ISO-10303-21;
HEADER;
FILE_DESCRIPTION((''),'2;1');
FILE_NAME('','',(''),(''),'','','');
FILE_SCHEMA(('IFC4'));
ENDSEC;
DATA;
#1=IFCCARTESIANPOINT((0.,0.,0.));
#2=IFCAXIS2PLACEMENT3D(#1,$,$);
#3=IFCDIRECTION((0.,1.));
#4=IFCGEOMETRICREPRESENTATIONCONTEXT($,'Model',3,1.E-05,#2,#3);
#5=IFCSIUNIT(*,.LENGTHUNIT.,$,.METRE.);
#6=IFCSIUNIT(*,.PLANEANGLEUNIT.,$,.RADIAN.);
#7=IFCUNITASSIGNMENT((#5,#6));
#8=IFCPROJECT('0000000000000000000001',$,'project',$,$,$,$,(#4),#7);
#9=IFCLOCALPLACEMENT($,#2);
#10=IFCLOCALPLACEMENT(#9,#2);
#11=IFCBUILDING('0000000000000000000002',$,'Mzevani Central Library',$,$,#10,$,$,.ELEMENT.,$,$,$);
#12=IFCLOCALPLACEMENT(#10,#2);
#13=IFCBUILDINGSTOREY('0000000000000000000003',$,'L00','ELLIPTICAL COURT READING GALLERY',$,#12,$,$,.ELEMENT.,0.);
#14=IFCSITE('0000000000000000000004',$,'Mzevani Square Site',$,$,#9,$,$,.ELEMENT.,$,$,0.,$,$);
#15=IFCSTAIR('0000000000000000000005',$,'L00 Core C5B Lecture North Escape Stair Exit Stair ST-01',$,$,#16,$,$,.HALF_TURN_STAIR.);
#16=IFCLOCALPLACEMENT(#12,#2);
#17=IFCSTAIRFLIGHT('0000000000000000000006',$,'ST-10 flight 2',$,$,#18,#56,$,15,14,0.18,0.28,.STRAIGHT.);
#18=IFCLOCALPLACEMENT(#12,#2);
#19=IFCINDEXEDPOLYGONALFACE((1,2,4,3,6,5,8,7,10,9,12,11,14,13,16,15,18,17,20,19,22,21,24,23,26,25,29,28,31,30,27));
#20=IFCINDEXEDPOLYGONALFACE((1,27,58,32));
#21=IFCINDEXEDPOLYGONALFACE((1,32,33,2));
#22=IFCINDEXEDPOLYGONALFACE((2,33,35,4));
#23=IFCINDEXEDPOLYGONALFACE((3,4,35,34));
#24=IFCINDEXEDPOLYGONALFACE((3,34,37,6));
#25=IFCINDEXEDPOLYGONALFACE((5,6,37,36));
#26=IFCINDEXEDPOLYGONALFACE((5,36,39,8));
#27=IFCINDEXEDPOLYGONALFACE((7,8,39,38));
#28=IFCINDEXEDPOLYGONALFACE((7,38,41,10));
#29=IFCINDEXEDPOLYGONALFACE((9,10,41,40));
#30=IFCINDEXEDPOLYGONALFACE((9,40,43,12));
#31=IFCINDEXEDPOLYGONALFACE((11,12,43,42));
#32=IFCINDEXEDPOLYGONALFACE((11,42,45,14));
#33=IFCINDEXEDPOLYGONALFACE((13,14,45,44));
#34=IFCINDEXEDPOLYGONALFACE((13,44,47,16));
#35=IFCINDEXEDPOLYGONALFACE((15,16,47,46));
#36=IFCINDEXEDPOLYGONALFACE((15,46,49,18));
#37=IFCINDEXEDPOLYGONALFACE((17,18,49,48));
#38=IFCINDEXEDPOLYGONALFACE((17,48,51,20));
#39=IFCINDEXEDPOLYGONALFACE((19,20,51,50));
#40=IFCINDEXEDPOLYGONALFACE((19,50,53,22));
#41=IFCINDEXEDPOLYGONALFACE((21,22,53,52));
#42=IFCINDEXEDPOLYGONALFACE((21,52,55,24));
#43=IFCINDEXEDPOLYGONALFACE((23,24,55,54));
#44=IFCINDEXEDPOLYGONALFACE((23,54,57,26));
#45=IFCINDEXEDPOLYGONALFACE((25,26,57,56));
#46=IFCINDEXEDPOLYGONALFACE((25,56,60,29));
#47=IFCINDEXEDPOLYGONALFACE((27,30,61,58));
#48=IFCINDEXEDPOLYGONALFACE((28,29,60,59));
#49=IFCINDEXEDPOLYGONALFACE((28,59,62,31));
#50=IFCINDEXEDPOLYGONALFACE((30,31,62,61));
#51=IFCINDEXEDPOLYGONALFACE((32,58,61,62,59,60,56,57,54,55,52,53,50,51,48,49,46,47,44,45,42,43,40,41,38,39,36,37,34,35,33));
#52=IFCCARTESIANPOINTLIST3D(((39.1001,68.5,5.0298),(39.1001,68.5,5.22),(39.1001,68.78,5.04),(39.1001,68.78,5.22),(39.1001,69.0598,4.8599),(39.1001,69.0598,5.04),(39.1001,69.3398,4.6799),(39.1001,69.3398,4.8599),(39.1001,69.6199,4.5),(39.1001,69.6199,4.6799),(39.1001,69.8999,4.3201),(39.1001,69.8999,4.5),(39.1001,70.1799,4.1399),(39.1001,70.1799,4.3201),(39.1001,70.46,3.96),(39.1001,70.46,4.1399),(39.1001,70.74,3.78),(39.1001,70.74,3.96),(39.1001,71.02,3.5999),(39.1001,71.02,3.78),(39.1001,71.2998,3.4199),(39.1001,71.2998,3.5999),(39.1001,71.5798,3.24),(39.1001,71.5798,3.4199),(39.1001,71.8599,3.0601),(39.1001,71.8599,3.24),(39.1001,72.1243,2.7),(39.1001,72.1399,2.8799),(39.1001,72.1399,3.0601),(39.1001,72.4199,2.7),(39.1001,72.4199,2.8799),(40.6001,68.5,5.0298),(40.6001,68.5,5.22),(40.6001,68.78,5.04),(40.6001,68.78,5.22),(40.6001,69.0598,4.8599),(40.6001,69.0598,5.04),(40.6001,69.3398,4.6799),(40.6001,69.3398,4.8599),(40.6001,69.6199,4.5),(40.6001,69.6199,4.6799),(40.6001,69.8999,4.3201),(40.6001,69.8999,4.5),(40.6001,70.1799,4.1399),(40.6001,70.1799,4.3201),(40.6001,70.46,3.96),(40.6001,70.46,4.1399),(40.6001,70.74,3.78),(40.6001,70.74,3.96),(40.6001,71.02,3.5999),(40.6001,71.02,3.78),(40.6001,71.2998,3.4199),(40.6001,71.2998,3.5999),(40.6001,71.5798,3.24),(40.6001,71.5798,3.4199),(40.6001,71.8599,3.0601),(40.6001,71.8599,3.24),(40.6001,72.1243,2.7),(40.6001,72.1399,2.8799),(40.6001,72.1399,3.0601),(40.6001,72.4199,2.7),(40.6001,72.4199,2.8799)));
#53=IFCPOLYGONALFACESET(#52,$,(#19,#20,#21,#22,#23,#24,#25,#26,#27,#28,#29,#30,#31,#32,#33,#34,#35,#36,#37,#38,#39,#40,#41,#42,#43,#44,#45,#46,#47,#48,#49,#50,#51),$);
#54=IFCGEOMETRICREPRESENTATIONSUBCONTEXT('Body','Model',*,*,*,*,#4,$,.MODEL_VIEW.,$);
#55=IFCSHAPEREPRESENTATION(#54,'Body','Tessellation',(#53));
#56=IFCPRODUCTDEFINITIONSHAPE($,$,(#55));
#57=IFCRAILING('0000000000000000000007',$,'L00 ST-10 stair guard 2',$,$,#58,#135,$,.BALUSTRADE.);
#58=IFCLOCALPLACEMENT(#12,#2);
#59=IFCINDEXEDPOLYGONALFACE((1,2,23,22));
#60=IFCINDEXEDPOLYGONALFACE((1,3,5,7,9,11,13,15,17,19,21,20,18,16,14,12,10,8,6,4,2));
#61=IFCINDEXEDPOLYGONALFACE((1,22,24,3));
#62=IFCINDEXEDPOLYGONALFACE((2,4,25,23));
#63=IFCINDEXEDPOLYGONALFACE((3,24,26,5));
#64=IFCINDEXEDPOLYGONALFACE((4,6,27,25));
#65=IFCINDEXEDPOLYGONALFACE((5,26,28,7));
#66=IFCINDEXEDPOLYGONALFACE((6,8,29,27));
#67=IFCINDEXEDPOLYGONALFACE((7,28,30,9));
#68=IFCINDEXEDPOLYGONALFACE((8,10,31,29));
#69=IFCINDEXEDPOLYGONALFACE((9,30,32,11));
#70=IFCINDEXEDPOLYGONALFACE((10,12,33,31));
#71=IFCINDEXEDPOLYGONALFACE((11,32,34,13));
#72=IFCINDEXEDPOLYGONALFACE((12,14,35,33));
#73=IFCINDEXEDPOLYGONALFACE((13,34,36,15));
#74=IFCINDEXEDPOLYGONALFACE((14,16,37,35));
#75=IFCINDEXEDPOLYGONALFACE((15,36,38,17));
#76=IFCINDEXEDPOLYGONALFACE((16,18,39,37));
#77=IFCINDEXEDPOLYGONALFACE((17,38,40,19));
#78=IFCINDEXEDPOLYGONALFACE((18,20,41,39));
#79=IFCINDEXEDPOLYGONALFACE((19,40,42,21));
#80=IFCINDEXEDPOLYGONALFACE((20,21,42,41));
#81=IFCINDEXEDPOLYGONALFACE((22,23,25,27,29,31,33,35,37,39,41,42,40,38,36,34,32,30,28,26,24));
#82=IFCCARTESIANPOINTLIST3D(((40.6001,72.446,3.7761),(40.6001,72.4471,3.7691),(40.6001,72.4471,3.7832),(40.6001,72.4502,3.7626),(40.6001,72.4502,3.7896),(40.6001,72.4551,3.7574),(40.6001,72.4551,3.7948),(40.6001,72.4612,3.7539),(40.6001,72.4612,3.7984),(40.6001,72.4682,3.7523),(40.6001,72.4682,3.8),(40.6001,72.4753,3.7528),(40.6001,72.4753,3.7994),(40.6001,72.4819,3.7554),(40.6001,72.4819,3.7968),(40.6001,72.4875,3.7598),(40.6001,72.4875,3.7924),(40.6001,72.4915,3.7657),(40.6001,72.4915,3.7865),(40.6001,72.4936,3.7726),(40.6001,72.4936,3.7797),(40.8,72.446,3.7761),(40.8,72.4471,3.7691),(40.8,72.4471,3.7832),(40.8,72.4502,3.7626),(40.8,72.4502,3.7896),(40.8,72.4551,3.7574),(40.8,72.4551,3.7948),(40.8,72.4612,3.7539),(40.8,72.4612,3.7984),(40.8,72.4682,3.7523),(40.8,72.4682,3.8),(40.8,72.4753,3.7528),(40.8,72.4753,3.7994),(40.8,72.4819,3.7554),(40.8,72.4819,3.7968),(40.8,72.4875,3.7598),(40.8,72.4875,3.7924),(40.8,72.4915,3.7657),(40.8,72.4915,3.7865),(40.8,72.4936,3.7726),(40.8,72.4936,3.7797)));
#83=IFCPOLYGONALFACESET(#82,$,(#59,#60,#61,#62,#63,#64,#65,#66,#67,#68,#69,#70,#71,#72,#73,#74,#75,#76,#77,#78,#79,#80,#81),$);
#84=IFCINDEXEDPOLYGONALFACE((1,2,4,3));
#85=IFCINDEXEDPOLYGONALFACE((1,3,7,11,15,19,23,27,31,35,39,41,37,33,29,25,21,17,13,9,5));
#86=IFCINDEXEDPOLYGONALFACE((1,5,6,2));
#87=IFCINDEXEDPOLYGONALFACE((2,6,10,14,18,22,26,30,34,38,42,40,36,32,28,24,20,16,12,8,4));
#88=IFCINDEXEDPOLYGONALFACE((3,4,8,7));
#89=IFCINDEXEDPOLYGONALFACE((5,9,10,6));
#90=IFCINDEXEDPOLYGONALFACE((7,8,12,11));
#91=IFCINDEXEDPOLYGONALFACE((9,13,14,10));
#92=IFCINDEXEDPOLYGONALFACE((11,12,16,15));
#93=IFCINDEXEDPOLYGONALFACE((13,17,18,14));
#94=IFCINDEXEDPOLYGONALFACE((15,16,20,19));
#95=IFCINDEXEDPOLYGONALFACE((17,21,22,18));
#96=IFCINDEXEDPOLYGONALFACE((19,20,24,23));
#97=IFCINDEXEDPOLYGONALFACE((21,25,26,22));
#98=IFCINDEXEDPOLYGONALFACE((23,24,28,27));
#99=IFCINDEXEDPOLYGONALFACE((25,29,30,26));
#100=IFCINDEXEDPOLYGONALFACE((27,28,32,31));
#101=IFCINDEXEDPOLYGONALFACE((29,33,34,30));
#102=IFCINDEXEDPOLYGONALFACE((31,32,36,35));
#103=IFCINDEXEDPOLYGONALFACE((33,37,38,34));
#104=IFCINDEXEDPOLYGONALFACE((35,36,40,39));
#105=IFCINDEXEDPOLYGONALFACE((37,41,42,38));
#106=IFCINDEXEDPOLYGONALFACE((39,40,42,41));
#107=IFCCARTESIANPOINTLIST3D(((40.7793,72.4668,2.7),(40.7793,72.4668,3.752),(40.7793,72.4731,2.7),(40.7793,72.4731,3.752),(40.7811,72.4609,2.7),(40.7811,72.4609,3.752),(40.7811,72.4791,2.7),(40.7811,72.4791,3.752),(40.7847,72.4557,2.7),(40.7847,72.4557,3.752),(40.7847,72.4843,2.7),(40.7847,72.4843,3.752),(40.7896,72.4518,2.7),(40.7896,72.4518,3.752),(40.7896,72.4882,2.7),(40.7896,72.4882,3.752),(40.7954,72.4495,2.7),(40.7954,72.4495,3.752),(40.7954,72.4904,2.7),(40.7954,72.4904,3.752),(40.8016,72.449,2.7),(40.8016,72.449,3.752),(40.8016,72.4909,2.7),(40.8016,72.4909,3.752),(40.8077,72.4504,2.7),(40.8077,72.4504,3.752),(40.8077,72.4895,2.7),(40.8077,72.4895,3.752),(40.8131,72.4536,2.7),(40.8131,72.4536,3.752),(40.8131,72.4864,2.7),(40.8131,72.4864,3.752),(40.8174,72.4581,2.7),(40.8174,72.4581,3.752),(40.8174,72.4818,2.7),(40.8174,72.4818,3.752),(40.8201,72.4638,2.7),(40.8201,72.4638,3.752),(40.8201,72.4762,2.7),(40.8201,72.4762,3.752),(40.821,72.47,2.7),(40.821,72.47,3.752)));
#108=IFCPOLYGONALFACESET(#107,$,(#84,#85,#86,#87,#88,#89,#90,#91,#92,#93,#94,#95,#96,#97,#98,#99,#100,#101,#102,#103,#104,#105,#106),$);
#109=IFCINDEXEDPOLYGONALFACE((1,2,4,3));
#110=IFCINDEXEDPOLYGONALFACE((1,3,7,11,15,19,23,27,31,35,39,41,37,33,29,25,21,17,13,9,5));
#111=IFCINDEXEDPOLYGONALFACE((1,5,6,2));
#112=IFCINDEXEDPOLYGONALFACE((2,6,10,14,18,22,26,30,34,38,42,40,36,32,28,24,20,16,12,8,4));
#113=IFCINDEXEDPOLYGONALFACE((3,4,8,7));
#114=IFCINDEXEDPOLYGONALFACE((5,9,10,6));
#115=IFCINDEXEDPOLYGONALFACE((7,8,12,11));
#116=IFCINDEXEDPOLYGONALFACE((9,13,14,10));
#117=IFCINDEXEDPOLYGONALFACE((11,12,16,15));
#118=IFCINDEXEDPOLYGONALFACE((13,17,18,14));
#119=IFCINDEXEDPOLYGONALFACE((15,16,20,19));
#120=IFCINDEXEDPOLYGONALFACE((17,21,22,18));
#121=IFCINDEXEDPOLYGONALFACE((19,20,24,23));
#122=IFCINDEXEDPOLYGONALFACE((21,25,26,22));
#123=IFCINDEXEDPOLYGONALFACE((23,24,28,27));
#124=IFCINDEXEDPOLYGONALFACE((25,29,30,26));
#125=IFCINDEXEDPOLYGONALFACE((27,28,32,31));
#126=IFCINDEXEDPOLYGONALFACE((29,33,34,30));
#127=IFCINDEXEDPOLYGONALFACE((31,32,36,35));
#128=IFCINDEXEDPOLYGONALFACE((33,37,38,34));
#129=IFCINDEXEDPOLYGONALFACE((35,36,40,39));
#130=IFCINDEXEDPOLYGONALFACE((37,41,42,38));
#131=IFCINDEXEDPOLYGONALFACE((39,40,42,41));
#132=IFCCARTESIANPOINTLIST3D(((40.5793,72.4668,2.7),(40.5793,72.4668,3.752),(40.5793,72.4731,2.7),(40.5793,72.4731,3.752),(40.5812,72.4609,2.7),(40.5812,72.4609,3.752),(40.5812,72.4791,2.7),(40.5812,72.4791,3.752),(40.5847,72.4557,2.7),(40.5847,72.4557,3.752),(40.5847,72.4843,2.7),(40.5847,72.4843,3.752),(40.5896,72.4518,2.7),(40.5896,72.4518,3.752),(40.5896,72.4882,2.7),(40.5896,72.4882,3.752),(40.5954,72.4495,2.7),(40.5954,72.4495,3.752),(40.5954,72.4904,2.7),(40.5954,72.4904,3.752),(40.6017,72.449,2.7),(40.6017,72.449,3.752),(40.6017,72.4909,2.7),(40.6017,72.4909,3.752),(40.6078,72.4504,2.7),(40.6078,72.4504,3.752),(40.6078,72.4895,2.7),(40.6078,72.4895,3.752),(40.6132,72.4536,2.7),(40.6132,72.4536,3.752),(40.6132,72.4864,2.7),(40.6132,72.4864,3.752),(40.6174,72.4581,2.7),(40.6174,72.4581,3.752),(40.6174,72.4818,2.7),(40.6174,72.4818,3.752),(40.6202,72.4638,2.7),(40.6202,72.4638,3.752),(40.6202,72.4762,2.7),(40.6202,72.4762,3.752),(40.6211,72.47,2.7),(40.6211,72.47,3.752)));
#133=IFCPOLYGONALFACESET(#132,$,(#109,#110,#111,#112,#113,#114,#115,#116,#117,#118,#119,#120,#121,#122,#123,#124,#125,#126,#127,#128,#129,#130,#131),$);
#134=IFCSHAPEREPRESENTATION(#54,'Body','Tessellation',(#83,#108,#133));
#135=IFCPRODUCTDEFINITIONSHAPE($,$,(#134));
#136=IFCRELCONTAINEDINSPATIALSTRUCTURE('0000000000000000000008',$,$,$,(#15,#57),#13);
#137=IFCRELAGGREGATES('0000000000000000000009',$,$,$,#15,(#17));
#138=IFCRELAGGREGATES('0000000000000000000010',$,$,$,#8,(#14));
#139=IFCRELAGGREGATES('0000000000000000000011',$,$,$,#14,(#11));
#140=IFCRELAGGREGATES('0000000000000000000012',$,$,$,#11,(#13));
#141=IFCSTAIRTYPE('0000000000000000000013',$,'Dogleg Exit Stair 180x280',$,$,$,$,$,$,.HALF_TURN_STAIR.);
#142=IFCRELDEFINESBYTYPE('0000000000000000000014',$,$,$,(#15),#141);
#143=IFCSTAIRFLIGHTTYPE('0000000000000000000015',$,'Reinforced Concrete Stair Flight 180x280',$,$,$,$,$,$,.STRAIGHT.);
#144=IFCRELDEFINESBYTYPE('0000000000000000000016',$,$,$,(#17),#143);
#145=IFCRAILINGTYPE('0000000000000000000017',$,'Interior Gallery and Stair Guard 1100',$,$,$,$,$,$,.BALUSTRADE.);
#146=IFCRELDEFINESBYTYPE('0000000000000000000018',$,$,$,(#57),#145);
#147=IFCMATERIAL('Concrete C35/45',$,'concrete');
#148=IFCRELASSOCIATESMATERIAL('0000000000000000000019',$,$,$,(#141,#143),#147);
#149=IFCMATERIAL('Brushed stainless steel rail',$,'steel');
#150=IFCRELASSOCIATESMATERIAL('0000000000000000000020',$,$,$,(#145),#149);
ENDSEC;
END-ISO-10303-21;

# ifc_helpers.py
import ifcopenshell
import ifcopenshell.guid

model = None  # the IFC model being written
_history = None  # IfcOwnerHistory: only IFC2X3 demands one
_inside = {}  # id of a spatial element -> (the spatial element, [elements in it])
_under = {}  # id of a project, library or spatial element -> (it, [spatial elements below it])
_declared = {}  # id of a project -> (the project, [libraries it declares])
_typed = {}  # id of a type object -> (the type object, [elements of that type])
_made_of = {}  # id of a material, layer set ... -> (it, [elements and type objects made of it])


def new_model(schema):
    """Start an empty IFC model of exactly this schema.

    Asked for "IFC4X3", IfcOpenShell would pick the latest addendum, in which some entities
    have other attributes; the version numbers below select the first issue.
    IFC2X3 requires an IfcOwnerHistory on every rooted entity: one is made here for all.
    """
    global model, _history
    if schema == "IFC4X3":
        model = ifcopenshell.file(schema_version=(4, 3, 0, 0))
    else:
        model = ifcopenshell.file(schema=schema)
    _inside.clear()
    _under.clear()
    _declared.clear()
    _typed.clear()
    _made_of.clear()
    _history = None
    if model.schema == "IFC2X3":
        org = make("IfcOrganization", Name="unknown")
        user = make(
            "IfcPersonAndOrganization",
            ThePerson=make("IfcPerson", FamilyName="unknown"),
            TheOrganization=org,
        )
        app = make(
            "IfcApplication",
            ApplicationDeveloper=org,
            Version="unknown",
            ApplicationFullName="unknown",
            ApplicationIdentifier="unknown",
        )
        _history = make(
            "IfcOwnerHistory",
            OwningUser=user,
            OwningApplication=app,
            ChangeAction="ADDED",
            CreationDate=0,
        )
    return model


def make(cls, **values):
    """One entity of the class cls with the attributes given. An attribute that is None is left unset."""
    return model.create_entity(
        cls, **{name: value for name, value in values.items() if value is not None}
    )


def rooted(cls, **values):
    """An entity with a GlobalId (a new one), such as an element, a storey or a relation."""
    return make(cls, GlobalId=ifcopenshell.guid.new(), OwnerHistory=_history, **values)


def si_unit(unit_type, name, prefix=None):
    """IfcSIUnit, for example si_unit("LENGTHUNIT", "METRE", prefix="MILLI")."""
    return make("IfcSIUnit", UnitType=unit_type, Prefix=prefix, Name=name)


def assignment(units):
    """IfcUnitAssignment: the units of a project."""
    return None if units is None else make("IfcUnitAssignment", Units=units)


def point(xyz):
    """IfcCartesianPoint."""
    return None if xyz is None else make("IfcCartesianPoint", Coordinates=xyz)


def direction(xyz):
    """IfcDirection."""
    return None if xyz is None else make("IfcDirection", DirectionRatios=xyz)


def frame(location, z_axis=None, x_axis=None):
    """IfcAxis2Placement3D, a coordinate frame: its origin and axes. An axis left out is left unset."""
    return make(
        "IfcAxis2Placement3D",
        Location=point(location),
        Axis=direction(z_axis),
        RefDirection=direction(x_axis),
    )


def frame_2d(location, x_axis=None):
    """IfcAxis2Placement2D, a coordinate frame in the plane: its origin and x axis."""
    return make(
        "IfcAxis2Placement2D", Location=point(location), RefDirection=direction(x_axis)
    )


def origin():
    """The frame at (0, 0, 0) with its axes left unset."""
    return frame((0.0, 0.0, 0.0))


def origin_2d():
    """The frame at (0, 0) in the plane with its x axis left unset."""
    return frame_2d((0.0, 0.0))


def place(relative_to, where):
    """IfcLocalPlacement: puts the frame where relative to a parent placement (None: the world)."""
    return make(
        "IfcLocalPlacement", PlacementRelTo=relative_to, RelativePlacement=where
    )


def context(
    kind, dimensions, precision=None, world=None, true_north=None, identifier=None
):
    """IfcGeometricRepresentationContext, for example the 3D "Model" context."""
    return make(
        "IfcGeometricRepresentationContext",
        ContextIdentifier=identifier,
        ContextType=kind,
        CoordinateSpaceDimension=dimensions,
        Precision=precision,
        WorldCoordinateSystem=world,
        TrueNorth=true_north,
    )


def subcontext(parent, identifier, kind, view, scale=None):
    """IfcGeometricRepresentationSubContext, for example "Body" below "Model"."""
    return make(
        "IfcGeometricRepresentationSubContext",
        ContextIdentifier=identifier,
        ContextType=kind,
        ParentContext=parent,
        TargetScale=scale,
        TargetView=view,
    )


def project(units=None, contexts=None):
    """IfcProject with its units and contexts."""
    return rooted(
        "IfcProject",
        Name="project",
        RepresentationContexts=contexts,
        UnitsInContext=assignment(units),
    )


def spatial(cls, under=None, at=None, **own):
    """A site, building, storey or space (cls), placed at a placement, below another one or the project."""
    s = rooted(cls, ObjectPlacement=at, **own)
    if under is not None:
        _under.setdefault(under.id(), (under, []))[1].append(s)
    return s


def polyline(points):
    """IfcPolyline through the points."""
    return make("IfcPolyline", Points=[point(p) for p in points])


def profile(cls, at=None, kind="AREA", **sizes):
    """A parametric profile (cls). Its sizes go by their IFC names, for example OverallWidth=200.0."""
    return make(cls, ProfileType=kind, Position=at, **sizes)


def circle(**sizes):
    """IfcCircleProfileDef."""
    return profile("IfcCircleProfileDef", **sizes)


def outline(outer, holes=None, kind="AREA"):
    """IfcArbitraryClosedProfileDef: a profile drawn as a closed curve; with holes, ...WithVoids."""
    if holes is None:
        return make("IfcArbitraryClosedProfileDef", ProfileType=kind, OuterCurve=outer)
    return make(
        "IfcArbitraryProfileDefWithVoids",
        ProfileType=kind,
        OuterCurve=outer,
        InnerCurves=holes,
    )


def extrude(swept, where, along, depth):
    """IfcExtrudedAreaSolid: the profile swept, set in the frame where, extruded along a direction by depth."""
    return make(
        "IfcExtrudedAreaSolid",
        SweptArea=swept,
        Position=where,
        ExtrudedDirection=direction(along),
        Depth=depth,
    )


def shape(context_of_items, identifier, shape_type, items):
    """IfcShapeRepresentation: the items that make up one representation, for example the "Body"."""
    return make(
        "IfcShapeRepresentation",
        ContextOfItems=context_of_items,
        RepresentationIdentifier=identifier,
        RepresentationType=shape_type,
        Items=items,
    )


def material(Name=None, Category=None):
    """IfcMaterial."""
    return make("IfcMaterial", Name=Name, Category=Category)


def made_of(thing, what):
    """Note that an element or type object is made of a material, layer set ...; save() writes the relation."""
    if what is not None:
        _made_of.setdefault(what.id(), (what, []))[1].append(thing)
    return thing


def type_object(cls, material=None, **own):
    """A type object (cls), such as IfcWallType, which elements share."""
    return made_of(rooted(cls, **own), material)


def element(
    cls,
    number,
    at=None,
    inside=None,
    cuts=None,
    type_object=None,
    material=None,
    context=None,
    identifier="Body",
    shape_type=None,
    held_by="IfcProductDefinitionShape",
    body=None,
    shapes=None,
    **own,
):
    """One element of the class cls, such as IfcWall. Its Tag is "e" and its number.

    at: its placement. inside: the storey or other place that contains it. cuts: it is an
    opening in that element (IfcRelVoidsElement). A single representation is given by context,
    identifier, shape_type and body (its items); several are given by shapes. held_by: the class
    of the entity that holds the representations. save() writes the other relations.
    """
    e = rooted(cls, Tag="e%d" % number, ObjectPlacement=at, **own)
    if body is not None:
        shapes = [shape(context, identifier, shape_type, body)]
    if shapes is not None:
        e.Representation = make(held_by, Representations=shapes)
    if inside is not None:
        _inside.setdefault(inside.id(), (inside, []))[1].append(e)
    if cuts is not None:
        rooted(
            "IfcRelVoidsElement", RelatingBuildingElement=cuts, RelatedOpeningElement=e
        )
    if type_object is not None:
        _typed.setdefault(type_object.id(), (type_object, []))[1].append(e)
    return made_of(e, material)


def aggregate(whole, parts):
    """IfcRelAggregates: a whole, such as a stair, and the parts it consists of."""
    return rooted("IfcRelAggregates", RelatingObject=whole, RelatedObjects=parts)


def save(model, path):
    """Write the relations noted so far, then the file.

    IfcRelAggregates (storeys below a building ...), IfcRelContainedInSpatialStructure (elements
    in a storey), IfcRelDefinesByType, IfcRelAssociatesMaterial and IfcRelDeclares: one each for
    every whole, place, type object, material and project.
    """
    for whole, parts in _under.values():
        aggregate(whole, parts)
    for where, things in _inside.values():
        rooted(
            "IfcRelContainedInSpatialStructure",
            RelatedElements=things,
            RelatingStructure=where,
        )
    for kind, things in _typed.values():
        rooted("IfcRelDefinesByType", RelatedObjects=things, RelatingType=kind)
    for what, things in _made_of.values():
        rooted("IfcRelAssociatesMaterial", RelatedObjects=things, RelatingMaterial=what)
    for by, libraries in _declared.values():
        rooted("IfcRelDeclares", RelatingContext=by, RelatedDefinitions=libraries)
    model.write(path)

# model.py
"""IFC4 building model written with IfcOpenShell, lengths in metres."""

from ifc_helpers import new_model, si_unit, direction, frame, origin, origin_2d, place, context, subcontext, project, spatial, polyline, circle, outline, extrude, material, type_object, element, aggregate, save


model = new_model("IFC4")

# Units and contexts
model_context = context("Model", 3, precision=1e-05, world=origin(), true_north=direction((0.0, 1.0)))
body_context = subcontext(model_context, "Body", "Model", "MODEL_VIEW")
ifc_project = project(units=[si_unit("LENGTHUNIT", "METRE"), si_unit("PLANEANGLEUNIT", "RADIAN")], contexts=[model_context])

# Site, building, storey
site_placement = place(None, origin())
site = spatial("IfcSite", under=ifc_project, at=site_placement, Name="Mzevani Square Site", CompositionType="ELEMENT", RefElevation=0.0)
building_placement = place(site_placement, origin())
building = spatial("IfcBuilding", under=site, at=building_placement, Name="Mzevani Central Library", CompositionType="ELEMENT")
storey_placement = place(building_placement, origin())
storey = spatial("IfcBuildingStorey", under=building, at=storey_placement, Name="L00", Description="ELLIPTICAL COURT READING GALLERY", CompositionType="ELEMENT", Elevation=0.0)

# Shared definitions
ifc_material_1 = material(Name="Concrete C35/45", Category="concrete")

# Stair, stair flight
stair_type = type_object("IfcStairType", Name="Dogleg Exit Stair 180x280", PredefinedType="HALF_TURN_STAIR", material=ifc_material_1)
stair_placement = place(storey_placement, origin())
stair = element("IfcStair", 1, at=stair_placement, inside=storey, type_object=stair_type, Name="L00 Core C5B Lecture North Escape Stair Exit Stair ST-01", PredefinedType="HALF_TURN_STAIR")
stair_flight_type = type_object("IfcStairFlightType", Name="Reinforced Concrete Stair Flight 180x280", PredefinedType="STRAIGHT", material=ifc_material_1)
stair_flight_placement = place(storey_placement, frame((39.8501, 72.4199, 2.7), z_axis=(0.0, 0.0, 1.0), x_axis=(0.0, -1.0, 0.0)))
stair_flight = element("IfcStairFlight", 2, at=stair_flight_placement, type_object=stair_flight_type, Name="ST-10 flight 2", NumberOfRisers=15, NumberOfTreads=14, PredefinedType="STRAIGHT", RiserHeight=0.18, TreadLength=0.28, context=body_context, shape_type="SweptSolid", body=[
    extrude(outline(polyline([(0.0, 0.0), (0.0, 0.1799), (0.28, 0.1799), (0.28, 0.3601), (0.5601, 0.3601), (0.5601, 0.54), (0.8401, 0.54), (0.8401, 0.72), (1.1201, 0.72), (1.1201, 0.8999), (1.3999, 0.8999), (1.3999, 1.0801), (1.6799, 1.0801), (1.6799, 1.26), (1.96, 1.26), (1.96, 1.4399), (2.24, 1.4399), (2.24, 1.6201), (2.52, 1.6201), (2.52, 1.8), (2.8, 1.8), (2.8, 1.98), (3.0801, 1.98), (3.0801, 2.1599), (3.3601, 2.1599), (3.3601, 2.3401), (3.6399, 2.3401), (3.6399, 2.52), (3.9199, 2.52), (3.9199, 2.7), (3.9199, 2.3298), (0.2957, 0.0), (0.0, 0.0)])), frame((0.0, 0.75, 0.0), z_axis=(0.0, -1.0, 0.0), x_axis=(1.0, 0.0, 0.0)), (0.0, 0.0, 1.0), 1.5),
])
aggregate(stair, [stair_flight])

# Railing
ifc_material_2 = material(Name="Brushed stainless steel rail", Category="steel")
railing_type_1 = type_object("IfcRailingType", Name="Interior Gallery and Stair Guard 1100", PredefinedType="BALUSTRADE", material=ifc_material_2)
railing_1_placement = place(storey_placement, frame((40.8, 72.47, 2.7)))
element("IfcRailing", 3, at=railing_1_placement, inside=storey, type_object=railing_type_1, Name="L00 ST-10 stair guard 2", PredefinedType="BALUSTRADE", context=body_context, shape_type="SweptSolid", body=[
    extrude(circle(Radius=0.0239, at=origin_2d()), frame((0.0, 0.0, 1.0762), z_axis=(-1.0, 0.0, 0.0), x_axis=(0.0, -1.0, 0.0)), (0.0, 0.0, 1.0), 0.2),
    extrude(circle(Radius=0.021, at=origin_2d()), origin(), (0.0, 0.0, 1.0), 1.052),
    extrude(circle(Radius=0.021, at=origin_2d()), frame((-0.2, 0.0, 0.0)), (0.0, 0.0, 1.0), 1.052),
])

save(model, "model.ifc")
